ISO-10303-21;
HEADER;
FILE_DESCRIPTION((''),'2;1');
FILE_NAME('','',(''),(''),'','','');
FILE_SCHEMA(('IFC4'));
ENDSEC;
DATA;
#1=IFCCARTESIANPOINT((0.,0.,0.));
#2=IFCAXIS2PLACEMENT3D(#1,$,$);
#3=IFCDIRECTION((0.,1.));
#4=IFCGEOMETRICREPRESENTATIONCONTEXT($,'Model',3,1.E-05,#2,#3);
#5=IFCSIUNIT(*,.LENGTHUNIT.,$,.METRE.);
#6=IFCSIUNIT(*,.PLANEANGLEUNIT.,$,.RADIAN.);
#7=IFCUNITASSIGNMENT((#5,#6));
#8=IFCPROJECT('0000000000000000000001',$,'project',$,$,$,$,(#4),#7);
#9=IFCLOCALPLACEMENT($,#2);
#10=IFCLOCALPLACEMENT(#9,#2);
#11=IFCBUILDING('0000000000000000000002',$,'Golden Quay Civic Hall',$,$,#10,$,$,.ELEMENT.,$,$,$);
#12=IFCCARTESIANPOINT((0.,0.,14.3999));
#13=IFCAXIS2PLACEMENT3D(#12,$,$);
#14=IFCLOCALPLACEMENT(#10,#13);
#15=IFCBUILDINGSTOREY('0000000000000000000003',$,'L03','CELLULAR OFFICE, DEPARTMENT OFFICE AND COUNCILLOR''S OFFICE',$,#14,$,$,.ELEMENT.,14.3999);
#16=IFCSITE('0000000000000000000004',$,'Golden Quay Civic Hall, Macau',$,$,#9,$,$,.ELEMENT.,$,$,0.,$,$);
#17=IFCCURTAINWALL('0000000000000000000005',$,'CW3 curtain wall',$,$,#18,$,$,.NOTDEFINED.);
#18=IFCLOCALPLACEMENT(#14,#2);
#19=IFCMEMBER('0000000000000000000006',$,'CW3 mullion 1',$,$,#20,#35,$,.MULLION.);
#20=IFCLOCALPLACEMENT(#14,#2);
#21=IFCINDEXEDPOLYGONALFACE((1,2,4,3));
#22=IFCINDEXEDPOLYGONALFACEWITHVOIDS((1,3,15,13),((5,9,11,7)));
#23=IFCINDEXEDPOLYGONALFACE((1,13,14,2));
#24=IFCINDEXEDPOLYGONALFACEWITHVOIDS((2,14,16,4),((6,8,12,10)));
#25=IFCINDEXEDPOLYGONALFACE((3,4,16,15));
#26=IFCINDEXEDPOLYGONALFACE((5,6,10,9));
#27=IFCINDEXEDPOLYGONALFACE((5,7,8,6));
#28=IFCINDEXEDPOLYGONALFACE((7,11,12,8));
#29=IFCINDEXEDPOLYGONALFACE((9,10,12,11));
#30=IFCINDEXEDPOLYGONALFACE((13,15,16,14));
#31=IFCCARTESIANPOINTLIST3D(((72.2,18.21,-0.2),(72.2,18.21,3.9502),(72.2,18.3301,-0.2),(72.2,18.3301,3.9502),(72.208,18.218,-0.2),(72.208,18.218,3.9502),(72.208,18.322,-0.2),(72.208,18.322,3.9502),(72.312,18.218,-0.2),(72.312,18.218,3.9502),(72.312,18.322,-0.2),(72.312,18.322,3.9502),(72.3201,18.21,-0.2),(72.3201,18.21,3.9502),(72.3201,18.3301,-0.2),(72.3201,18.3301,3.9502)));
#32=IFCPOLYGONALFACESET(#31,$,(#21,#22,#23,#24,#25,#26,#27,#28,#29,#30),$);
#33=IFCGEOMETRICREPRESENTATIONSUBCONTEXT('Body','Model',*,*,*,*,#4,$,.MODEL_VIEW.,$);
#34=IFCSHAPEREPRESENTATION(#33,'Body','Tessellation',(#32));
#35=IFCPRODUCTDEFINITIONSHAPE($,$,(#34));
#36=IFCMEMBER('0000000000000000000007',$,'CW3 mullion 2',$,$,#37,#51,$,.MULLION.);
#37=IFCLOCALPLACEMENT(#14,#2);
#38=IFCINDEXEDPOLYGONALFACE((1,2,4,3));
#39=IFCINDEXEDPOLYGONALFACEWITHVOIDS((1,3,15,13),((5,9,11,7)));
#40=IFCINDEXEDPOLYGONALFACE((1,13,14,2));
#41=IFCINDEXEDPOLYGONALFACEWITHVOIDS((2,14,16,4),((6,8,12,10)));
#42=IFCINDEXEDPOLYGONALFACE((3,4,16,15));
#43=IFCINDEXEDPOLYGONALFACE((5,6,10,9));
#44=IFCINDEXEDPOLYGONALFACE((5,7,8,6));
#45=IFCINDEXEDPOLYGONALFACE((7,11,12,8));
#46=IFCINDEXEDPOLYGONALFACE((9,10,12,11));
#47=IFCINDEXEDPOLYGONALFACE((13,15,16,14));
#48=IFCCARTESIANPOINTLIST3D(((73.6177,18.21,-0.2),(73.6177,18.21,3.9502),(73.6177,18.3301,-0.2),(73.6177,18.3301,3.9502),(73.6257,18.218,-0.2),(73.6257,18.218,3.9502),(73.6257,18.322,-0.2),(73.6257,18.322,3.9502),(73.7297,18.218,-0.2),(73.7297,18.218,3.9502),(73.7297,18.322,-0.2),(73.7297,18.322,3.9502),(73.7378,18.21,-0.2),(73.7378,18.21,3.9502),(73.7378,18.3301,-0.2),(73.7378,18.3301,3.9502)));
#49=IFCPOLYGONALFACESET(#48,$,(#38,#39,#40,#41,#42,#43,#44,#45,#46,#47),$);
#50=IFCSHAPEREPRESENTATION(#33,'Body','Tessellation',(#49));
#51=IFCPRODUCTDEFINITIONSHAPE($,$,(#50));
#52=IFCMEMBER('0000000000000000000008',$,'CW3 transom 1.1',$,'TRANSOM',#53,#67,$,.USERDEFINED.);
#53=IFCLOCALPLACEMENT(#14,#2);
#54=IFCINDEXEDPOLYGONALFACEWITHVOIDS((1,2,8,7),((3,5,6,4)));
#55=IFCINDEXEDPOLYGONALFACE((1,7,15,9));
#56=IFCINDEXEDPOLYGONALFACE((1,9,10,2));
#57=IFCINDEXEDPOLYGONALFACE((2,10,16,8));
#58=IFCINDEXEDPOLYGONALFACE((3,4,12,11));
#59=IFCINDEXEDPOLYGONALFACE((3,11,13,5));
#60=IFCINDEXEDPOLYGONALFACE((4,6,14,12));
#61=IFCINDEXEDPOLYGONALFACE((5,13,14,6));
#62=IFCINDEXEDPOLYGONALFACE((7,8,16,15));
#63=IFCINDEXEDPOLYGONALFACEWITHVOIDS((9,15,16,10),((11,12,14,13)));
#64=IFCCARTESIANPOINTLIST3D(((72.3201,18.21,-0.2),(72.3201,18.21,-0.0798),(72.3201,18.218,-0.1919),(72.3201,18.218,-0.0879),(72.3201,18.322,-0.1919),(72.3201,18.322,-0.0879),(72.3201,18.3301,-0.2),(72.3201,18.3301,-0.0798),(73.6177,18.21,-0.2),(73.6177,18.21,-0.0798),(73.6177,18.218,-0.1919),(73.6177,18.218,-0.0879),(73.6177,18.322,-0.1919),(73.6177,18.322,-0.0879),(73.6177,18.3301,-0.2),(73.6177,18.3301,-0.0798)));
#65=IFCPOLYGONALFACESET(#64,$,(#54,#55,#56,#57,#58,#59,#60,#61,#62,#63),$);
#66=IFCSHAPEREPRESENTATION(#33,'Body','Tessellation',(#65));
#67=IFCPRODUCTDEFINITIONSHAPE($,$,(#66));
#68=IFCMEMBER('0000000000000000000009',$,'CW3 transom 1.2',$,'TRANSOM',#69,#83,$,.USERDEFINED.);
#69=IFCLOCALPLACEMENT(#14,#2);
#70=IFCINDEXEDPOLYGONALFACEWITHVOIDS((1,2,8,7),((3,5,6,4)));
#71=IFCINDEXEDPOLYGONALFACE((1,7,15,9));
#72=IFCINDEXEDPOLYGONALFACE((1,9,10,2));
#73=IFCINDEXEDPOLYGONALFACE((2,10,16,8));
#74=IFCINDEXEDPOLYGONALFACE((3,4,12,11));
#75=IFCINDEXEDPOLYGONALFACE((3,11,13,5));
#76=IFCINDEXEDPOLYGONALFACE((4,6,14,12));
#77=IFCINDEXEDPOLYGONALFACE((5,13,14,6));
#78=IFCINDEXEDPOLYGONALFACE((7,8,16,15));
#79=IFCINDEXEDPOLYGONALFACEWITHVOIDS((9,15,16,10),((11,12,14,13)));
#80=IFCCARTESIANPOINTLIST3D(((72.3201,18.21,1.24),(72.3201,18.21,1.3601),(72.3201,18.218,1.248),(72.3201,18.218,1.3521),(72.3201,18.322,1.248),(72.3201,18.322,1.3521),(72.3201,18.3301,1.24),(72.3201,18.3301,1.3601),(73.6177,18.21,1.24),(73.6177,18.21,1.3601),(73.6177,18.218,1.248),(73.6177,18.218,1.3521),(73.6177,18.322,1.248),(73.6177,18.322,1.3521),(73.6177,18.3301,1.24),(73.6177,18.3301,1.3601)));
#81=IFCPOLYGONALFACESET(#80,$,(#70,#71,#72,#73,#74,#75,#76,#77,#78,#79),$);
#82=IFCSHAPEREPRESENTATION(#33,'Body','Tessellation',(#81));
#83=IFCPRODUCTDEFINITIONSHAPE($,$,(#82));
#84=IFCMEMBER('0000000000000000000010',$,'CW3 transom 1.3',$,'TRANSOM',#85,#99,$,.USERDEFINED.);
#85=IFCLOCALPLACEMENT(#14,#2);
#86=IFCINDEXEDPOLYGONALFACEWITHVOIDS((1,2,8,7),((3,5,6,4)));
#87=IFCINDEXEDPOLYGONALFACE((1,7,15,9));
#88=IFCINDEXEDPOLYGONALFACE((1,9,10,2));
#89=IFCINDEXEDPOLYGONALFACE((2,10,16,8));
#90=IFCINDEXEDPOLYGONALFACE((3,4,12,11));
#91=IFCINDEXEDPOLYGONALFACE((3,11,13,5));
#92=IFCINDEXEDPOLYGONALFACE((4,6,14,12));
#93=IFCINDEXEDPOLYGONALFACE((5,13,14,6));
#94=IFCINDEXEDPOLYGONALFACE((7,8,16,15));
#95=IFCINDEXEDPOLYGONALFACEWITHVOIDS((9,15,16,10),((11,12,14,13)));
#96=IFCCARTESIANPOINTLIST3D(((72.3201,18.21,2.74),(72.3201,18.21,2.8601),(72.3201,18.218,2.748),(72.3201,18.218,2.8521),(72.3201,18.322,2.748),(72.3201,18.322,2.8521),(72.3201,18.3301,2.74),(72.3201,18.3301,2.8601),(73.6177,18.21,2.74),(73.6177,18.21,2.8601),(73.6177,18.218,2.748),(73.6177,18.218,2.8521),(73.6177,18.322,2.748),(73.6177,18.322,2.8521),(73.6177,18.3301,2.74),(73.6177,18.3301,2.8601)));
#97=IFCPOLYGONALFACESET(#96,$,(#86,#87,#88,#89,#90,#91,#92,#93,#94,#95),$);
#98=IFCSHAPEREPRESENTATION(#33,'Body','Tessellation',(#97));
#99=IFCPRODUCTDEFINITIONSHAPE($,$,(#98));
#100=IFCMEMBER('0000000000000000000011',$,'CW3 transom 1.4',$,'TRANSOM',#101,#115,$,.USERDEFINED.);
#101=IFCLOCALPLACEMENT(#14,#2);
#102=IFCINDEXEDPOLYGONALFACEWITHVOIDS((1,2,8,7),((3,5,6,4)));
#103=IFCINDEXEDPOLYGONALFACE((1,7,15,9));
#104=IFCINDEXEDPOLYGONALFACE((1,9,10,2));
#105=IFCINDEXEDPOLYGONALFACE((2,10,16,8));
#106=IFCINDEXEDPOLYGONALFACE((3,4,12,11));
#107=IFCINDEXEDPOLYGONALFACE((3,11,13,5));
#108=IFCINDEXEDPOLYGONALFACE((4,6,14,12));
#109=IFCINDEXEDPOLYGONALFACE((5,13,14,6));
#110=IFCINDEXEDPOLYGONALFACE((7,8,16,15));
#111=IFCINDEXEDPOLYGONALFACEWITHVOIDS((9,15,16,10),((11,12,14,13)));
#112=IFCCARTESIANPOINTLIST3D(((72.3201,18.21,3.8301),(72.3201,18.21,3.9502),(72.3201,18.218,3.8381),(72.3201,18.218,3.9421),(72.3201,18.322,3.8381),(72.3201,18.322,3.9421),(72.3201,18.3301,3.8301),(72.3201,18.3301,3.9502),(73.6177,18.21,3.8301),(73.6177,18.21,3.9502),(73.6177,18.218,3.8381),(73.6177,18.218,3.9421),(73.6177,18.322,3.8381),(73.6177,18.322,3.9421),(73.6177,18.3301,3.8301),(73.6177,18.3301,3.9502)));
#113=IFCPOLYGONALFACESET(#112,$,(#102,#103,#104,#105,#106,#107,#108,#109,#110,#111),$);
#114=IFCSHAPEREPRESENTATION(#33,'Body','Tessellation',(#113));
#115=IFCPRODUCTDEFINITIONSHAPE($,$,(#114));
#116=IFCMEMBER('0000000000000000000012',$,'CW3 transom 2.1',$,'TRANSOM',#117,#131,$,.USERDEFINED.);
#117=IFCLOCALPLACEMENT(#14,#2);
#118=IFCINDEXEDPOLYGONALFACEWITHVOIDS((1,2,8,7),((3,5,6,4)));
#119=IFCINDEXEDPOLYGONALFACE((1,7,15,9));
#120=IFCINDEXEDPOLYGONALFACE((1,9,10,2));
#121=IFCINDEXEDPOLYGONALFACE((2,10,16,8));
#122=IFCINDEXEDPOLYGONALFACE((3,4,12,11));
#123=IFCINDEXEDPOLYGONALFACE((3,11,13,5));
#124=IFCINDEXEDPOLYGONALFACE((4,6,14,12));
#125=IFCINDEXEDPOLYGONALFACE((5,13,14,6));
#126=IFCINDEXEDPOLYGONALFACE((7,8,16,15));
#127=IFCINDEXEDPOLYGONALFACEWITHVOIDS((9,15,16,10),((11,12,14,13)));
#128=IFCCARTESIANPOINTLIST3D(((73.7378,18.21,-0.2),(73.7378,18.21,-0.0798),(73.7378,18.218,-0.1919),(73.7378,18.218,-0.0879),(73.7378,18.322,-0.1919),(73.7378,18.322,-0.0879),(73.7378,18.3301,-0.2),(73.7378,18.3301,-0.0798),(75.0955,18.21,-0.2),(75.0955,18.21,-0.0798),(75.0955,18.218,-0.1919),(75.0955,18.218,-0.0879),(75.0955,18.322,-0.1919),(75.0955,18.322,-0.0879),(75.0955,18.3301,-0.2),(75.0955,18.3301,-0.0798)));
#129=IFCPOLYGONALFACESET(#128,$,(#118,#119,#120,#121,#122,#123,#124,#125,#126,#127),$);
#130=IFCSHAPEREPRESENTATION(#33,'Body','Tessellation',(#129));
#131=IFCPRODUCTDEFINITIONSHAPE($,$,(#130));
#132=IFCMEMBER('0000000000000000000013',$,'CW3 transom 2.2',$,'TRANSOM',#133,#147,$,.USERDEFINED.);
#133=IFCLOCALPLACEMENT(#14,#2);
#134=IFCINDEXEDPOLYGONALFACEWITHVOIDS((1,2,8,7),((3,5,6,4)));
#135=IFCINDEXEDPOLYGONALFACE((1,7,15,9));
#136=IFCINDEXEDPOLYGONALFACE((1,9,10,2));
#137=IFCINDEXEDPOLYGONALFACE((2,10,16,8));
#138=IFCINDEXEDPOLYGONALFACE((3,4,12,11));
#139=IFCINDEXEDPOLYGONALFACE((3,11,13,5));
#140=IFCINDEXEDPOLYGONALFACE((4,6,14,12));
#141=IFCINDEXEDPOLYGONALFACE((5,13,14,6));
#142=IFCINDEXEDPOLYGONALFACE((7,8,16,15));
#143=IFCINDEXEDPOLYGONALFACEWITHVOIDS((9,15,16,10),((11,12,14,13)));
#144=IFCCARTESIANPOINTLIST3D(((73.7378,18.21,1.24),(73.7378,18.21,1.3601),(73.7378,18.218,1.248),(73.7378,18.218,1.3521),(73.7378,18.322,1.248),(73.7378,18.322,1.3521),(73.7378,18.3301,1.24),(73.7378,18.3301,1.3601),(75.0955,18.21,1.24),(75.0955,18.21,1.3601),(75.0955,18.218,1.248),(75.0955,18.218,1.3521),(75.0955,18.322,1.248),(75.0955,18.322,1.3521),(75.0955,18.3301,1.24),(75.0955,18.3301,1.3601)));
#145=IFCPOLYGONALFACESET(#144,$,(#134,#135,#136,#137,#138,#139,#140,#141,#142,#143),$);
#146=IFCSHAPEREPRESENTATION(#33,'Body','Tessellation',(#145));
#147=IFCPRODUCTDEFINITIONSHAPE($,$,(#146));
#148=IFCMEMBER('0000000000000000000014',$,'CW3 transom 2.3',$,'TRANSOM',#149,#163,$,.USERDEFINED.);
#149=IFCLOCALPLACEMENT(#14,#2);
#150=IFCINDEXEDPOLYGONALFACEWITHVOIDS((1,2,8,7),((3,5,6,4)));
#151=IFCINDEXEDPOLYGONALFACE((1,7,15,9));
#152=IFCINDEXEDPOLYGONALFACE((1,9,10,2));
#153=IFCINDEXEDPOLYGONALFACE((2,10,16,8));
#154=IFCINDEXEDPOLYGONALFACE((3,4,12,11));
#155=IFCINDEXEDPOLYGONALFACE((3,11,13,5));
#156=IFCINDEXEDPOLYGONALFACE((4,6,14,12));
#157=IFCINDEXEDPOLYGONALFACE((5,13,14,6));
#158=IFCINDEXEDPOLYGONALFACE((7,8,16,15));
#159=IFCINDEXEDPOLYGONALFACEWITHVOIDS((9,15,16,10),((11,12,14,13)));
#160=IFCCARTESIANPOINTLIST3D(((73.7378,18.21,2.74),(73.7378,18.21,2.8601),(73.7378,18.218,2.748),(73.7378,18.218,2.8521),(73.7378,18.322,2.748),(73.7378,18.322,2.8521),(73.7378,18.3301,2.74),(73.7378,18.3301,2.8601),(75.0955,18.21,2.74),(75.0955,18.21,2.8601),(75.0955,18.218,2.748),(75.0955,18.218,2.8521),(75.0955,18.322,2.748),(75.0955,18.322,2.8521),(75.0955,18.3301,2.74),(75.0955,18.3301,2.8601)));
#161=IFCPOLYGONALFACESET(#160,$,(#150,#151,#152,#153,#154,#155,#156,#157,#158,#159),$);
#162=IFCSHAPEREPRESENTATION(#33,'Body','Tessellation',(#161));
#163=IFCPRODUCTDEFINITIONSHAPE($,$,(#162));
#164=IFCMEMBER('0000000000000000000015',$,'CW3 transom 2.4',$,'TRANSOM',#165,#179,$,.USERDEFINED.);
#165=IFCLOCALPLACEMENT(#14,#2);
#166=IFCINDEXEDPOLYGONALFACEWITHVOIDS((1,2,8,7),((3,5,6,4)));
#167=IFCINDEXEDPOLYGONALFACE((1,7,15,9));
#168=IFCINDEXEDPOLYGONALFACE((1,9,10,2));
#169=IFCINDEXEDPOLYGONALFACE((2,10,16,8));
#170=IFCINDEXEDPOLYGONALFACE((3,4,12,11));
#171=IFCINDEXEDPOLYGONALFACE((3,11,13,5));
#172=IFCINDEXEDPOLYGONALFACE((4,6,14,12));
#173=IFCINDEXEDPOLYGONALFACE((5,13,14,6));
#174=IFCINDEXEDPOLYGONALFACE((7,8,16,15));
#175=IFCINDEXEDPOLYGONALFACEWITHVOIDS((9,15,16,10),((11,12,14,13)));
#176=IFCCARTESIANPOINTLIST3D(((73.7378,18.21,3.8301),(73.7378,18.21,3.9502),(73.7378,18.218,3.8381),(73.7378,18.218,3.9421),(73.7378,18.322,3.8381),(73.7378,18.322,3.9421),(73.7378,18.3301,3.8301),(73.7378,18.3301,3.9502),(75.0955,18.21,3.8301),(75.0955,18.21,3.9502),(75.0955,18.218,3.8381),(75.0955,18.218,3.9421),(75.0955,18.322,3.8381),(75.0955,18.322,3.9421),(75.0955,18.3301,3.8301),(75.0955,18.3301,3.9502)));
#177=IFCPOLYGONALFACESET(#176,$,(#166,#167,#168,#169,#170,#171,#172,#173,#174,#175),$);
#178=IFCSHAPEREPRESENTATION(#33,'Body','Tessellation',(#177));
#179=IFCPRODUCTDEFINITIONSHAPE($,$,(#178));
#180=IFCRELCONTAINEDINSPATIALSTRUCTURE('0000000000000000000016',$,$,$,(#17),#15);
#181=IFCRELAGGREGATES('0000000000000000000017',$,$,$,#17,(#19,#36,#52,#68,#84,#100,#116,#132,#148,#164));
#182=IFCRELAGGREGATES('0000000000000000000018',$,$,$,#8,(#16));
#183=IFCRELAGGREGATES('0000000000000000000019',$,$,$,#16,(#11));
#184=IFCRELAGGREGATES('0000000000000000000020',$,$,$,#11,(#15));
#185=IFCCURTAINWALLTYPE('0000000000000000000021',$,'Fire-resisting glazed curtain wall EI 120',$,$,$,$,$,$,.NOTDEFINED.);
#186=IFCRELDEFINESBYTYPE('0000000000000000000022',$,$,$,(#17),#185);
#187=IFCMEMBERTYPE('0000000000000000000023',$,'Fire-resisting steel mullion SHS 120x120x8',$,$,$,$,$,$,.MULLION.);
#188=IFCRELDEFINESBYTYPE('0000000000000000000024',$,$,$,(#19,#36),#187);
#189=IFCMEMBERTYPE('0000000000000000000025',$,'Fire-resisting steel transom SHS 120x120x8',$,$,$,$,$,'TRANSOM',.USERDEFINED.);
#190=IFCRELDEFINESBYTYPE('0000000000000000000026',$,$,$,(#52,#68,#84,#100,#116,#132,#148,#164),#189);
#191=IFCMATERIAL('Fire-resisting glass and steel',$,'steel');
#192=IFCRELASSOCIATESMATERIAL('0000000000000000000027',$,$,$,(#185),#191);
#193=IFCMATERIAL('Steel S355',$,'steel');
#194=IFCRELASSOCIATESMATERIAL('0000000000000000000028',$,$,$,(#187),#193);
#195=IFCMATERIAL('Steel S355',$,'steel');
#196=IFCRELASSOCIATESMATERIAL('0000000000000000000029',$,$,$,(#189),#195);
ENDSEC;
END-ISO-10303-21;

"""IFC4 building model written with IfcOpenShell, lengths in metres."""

from ifc_helpers import new_model, si_unit, direction, frame, origin, origin_2d, place, context, subcontext, project, spatial, hollow_rectangle, extrude, material, material_profile, profile_set, type_object, element, aggregate, save


model = new_model("IFC4")

# Units and contexts
model_context = context("Model", 3, precision=1e-05, world=origin(), true_north=direction((0.0, 1.0)))
body_context = subcontext(model_context, "Body", "Model", "MODEL_VIEW")
ifc_project = project(units=[si_unit("LENGTHUNIT", "METRE"), si_unit("PLANEANGLEUNIT", "RADIAN")], contexts=[model_context])

# Site, building, storey
site_placement = place(None, origin())
site = spatial("IfcSite", under=ifc_project, at=site_placement, Name="Golden Quay Civic Hall, Macau", CompositionType="ELEMENT", RefElevation=0.0)
building_placement = place(site_placement, origin())
building = spatial("IfcBuilding", under=site, at=building_placement, Name="Golden Quay Civic Hall", CompositionType="ELEMENT")
storey_placement = place(building_placement, frame((0.0, 0.0, 14.3999)))
storey = spatial("IfcBuildingStorey", under=building, at=storey_placement, Name="L03", Description="CELLULAR OFFICE, DEPARTMENT OFFICE AND COUNCILLOR'S OFFICE", CompositionType="ELEMENT", Elevation=14.3999)

# Curtain wall, members
ifc_material_1 = material(Name="Fire-resisting glass and steel", Category="steel")
curtain_wall_type = type_object("IfcCurtainWallType", Name="Fire-resisting glazed curtain wall EI 120", PredefinedType="NOTDEFINED", material=ifc_material_1)
curtain_wall_placement = place(storey_placement, origin())
curtain_wall = element("IfcCurtainWall", 1, at=curtain_wall_placement, inside=storey, type_object=curtain_wall_type, Name="CW3 curtain wall", PredefinedType="NOTDEFINED")
ifc_material_2 = material(Name="Steel S355", Category="steel")
ifc_material_profile_1 = material_profile(ifc_material_2, hollow_rectangle(XDim=0.1201, YDim=0.1201, WallThickness=0.0081, at=origin_2d()), Name="SHS 120x120x8")
ifc_profile_set_1 = profile_set([ifc_material_profile_1], Name="Steel S355")
member_type_1 = type_object("IfcMemberType", Name="Fire-resisting steel mullion SHS 120x120x8", PredefinedType="MULLION", material=ifc_profile_set_1)
member_1_placement = place(storey_placement, frame((72.26, 18.27, -0.2), z_axis=(0.0, 0.0, 1.0), x_axis=(0.0, 1.0, 0.0)))
member_1 = element("IfcMember", 2, at=member_1_placement, type_object=member_type_1, Name="CW3 mullion 1", PredefinedType="MULLION", context=body_context, shape_type="SweptSolid", body=[
    extrude(hollow_rectangle(XDim=0.1201, YDim=0.1201, WallThickness=0.0081, at=origin_2d()), origin(), (0.0, 0.0, 1.0), 4.1501),
])
member_2_placement = place(storey_placement, frame((73.6777, 18.27, -0.2), z_axis=(0.0, 0.0, 1.0), x_axis=(0.0, 1.0, 0.0)))
member_2 = element("IfcMember", 3, at=member_2_placement, type_object=member_type_1, Name="CW3 mullion 2", PredefinedType="MULLION", context=body_context, shape_type="SweptSolid", body=[
    extrude(hollow_rectangle(XDim=0.1201, YDim=0.1201, WallThickness=0.0081, at=origin_2d()), origin(), (0.0, 0.0, 1.0), 4.1501),
])
ifc_material_3 = material(Name="Steel S355", Category="steel")
ifc_material_profile_2 = material_profile(ifc_material_3, hollow_rectangle(XDim=0.1201, YDim=0.1201, WallThickness=0.0081, at=origin_2d()), Name="SHS 120x120x8")
ifc_profile_set_2 = profile_set([ifc_material_profile_2], Name="Steel S355")
member_type_2 = type_object("IfcMemberType", Name="Fire-resisting steel transom SHS 120x120x8", ElementType="TRANSOM", PredefinedType="USERDEFINED", material=ifc_profile_set_2)
member_3_placement = place(storey_placement, frame((72.3201, 18.27, -0.1399), z_axis=(1.0, 0.0, 0.0), x_axis=(0.0, 1.0, 0.0)))
member_3 = element("IfcMember", 4, at=member_3_placement, type_object=member_type_2, Name="CW3 transom 1.1", ObjectType="TRANSOM", PredefinedType="USERDEFINED", context=body_context, shape_type="SweptSolid", body=[
    extrude(hollow_rectangle(XDim=0.1201, YDim=0.1201, WallThickness=0.0081, at=origin_2d()), origin(), (0.0, 0.0, 1.0), 1.2976),
])
member_4_placement = place(storey_placement, frame((72.3201, 18.27, 1.3), z_axis=(1.0, 0.0, 0.0), x_axis=(0.0, 1.0, 0.0)))
member_4 = element("IfcMember", 5, at=member_4_placement, type_object=member_type_2, Name="CW3 transom 1.2", ObjectType="TRANSOM", PredefinedType="USERDEFINED", context=body_context, shape_type="SweptSolid", body=[
    extrude(hollow_rectangle(XDim=0.1201, YDim=0.1201, WallThickness=0.0081, at=origin_2d()), origin(), (0.0, 0.0, 1.0), 1.2976),
])
member_5_placement = place(storey_placement, frame((72.3201, 18.27, 2.8), z_axis=(1.0, 0.0, 0.0), x_axis=(0.0, 1.0, 0.0)))
member_5 = element("IfcMember", 6, at=member_5_placement, type_object=member_type_2, Name="CW3 transom 1.3", ObjectType="TRANSOM", PredefinedType="USERDEFINED", context=body_context, shape_type="SweptSolid", body=[
    extrude(hollow_rectangle(XDim=0.1201, YDim=0.1201, WallThickness=0.0081, at=origin_2d()), origin(), (0.0, 0.0, 1.0), 1.2976),
])
member_6_placement = place(storey_placement, frame((72.3201, 18.27, 3.8901), z_axis=(1.0, 0.0, 0.0), x_axis=(0.0, 1.0, 0.0)))
member_6 = element("IfcMember", 7, at=member_6_placement, type_object=member_type_2, Name="CW3 transom 1.4", ObjectType="TRANSOM", PredefinedType="USERDEFINED", context=body_context, shape_type="SweptSolid", body=[
    extrude(hollow_rectangle(XDim=0.1201, YDim=0.1201, WallThickness=0.0081, at=origin_2d()), origin(), (0.0, 0.0, 1.0), 1.2976),
])
member_7_placement = place(storey_placement, frame((73.7378, 18.27, -0.1399), z_axis=(1.0, 0.0, 0.0), x_axis=(0.0, 1.0, 0.0)))
member_7 = element("IfcMember", 8, at=member_7_placement, type_object=member_type_2, Name="CW3 transom 2.1", ObjectType="TRANSOM", PredefinedType="USERDEFINED", context=body_context, shape_type="SweptSolid", body=[
    extrude(hollow_rectangle(XDim=0.1201, YDim=0.1201, WallThickness=0.0081, at=origin_2d()), origin(), (0.0, 0.0, 1.0), 1.3577),
])
member_8_placement = place(storey_placement, frame((73.7378, 18.27, 1.3), z_axis=(1.0, 0.0, 0.0), x_axis=(0.0, 1.0, 0.0)))
member_8 = element("IfcMember", 9, at=member_8_placement, type_object=member_type_2, Name="CW3 transom 2.2", ObjectType="TRANSOM", PredefinedType="USERDEFINED", context=body_context, shape_type="SweptSolid", body=[
    extrude(hollow_rectangle(XDim=0.1201, YDim=0.1201, WallThickness=0.0081, at=origin_2d()), origin(), (0.0, 0.0, 1.0), 1.3577),
])
member_9_placement = place(storey_placement, frame((73.7378, 18.27, 2.8), z_axis=(1.0, 0.0, 0.0), x_axis=(0.0, 1.0, 0.0)))
member_9 = element("IfcMember", 10, at=member_9_placement, type_object=member_type_2, Name="CW3 transom 2.3", ObjectType="TRANSOM", PredefinedType="USERDEFINED", context=body_context, shape_type="SweptSolid", body=[
    extrude(hollow_rectangle(XDim=0.1201, YDim=0.1201, WallThickness=0.0081, at=origin_2d()), origin(), (0.0, 0.0, 1.0), 1.3577),
])
member_10_placement = place(storey_placement, frame((73.7378, 18.27, 3.8901), z_axis=(1.0, 0.0, 0.0), x_axis=(0.0, 1.0, 0.0)))
member_10 = element("IfcMember", 11, at=member_10_placement, type_object=member_type_2, Name="CW3 transom 2.4", ObjectType="TRANSOM", PredefinedType="USERDEFINED", context=body_context, shape_type="SweptSolid", body=[
    extrude(hollow_rectangle(XDim=0.1201, YDim=0.1201, WallThickness=0.0081, at=origin_2d()), origin(), (0.0, 0.0, 1.0), 1.3577),
])

aggregate(curtain_wall, [member_1, member_2, member_3, member_4, member_5, member_6, member_7, member_8, member_9, member_10])

save(model, "model.ifc")
